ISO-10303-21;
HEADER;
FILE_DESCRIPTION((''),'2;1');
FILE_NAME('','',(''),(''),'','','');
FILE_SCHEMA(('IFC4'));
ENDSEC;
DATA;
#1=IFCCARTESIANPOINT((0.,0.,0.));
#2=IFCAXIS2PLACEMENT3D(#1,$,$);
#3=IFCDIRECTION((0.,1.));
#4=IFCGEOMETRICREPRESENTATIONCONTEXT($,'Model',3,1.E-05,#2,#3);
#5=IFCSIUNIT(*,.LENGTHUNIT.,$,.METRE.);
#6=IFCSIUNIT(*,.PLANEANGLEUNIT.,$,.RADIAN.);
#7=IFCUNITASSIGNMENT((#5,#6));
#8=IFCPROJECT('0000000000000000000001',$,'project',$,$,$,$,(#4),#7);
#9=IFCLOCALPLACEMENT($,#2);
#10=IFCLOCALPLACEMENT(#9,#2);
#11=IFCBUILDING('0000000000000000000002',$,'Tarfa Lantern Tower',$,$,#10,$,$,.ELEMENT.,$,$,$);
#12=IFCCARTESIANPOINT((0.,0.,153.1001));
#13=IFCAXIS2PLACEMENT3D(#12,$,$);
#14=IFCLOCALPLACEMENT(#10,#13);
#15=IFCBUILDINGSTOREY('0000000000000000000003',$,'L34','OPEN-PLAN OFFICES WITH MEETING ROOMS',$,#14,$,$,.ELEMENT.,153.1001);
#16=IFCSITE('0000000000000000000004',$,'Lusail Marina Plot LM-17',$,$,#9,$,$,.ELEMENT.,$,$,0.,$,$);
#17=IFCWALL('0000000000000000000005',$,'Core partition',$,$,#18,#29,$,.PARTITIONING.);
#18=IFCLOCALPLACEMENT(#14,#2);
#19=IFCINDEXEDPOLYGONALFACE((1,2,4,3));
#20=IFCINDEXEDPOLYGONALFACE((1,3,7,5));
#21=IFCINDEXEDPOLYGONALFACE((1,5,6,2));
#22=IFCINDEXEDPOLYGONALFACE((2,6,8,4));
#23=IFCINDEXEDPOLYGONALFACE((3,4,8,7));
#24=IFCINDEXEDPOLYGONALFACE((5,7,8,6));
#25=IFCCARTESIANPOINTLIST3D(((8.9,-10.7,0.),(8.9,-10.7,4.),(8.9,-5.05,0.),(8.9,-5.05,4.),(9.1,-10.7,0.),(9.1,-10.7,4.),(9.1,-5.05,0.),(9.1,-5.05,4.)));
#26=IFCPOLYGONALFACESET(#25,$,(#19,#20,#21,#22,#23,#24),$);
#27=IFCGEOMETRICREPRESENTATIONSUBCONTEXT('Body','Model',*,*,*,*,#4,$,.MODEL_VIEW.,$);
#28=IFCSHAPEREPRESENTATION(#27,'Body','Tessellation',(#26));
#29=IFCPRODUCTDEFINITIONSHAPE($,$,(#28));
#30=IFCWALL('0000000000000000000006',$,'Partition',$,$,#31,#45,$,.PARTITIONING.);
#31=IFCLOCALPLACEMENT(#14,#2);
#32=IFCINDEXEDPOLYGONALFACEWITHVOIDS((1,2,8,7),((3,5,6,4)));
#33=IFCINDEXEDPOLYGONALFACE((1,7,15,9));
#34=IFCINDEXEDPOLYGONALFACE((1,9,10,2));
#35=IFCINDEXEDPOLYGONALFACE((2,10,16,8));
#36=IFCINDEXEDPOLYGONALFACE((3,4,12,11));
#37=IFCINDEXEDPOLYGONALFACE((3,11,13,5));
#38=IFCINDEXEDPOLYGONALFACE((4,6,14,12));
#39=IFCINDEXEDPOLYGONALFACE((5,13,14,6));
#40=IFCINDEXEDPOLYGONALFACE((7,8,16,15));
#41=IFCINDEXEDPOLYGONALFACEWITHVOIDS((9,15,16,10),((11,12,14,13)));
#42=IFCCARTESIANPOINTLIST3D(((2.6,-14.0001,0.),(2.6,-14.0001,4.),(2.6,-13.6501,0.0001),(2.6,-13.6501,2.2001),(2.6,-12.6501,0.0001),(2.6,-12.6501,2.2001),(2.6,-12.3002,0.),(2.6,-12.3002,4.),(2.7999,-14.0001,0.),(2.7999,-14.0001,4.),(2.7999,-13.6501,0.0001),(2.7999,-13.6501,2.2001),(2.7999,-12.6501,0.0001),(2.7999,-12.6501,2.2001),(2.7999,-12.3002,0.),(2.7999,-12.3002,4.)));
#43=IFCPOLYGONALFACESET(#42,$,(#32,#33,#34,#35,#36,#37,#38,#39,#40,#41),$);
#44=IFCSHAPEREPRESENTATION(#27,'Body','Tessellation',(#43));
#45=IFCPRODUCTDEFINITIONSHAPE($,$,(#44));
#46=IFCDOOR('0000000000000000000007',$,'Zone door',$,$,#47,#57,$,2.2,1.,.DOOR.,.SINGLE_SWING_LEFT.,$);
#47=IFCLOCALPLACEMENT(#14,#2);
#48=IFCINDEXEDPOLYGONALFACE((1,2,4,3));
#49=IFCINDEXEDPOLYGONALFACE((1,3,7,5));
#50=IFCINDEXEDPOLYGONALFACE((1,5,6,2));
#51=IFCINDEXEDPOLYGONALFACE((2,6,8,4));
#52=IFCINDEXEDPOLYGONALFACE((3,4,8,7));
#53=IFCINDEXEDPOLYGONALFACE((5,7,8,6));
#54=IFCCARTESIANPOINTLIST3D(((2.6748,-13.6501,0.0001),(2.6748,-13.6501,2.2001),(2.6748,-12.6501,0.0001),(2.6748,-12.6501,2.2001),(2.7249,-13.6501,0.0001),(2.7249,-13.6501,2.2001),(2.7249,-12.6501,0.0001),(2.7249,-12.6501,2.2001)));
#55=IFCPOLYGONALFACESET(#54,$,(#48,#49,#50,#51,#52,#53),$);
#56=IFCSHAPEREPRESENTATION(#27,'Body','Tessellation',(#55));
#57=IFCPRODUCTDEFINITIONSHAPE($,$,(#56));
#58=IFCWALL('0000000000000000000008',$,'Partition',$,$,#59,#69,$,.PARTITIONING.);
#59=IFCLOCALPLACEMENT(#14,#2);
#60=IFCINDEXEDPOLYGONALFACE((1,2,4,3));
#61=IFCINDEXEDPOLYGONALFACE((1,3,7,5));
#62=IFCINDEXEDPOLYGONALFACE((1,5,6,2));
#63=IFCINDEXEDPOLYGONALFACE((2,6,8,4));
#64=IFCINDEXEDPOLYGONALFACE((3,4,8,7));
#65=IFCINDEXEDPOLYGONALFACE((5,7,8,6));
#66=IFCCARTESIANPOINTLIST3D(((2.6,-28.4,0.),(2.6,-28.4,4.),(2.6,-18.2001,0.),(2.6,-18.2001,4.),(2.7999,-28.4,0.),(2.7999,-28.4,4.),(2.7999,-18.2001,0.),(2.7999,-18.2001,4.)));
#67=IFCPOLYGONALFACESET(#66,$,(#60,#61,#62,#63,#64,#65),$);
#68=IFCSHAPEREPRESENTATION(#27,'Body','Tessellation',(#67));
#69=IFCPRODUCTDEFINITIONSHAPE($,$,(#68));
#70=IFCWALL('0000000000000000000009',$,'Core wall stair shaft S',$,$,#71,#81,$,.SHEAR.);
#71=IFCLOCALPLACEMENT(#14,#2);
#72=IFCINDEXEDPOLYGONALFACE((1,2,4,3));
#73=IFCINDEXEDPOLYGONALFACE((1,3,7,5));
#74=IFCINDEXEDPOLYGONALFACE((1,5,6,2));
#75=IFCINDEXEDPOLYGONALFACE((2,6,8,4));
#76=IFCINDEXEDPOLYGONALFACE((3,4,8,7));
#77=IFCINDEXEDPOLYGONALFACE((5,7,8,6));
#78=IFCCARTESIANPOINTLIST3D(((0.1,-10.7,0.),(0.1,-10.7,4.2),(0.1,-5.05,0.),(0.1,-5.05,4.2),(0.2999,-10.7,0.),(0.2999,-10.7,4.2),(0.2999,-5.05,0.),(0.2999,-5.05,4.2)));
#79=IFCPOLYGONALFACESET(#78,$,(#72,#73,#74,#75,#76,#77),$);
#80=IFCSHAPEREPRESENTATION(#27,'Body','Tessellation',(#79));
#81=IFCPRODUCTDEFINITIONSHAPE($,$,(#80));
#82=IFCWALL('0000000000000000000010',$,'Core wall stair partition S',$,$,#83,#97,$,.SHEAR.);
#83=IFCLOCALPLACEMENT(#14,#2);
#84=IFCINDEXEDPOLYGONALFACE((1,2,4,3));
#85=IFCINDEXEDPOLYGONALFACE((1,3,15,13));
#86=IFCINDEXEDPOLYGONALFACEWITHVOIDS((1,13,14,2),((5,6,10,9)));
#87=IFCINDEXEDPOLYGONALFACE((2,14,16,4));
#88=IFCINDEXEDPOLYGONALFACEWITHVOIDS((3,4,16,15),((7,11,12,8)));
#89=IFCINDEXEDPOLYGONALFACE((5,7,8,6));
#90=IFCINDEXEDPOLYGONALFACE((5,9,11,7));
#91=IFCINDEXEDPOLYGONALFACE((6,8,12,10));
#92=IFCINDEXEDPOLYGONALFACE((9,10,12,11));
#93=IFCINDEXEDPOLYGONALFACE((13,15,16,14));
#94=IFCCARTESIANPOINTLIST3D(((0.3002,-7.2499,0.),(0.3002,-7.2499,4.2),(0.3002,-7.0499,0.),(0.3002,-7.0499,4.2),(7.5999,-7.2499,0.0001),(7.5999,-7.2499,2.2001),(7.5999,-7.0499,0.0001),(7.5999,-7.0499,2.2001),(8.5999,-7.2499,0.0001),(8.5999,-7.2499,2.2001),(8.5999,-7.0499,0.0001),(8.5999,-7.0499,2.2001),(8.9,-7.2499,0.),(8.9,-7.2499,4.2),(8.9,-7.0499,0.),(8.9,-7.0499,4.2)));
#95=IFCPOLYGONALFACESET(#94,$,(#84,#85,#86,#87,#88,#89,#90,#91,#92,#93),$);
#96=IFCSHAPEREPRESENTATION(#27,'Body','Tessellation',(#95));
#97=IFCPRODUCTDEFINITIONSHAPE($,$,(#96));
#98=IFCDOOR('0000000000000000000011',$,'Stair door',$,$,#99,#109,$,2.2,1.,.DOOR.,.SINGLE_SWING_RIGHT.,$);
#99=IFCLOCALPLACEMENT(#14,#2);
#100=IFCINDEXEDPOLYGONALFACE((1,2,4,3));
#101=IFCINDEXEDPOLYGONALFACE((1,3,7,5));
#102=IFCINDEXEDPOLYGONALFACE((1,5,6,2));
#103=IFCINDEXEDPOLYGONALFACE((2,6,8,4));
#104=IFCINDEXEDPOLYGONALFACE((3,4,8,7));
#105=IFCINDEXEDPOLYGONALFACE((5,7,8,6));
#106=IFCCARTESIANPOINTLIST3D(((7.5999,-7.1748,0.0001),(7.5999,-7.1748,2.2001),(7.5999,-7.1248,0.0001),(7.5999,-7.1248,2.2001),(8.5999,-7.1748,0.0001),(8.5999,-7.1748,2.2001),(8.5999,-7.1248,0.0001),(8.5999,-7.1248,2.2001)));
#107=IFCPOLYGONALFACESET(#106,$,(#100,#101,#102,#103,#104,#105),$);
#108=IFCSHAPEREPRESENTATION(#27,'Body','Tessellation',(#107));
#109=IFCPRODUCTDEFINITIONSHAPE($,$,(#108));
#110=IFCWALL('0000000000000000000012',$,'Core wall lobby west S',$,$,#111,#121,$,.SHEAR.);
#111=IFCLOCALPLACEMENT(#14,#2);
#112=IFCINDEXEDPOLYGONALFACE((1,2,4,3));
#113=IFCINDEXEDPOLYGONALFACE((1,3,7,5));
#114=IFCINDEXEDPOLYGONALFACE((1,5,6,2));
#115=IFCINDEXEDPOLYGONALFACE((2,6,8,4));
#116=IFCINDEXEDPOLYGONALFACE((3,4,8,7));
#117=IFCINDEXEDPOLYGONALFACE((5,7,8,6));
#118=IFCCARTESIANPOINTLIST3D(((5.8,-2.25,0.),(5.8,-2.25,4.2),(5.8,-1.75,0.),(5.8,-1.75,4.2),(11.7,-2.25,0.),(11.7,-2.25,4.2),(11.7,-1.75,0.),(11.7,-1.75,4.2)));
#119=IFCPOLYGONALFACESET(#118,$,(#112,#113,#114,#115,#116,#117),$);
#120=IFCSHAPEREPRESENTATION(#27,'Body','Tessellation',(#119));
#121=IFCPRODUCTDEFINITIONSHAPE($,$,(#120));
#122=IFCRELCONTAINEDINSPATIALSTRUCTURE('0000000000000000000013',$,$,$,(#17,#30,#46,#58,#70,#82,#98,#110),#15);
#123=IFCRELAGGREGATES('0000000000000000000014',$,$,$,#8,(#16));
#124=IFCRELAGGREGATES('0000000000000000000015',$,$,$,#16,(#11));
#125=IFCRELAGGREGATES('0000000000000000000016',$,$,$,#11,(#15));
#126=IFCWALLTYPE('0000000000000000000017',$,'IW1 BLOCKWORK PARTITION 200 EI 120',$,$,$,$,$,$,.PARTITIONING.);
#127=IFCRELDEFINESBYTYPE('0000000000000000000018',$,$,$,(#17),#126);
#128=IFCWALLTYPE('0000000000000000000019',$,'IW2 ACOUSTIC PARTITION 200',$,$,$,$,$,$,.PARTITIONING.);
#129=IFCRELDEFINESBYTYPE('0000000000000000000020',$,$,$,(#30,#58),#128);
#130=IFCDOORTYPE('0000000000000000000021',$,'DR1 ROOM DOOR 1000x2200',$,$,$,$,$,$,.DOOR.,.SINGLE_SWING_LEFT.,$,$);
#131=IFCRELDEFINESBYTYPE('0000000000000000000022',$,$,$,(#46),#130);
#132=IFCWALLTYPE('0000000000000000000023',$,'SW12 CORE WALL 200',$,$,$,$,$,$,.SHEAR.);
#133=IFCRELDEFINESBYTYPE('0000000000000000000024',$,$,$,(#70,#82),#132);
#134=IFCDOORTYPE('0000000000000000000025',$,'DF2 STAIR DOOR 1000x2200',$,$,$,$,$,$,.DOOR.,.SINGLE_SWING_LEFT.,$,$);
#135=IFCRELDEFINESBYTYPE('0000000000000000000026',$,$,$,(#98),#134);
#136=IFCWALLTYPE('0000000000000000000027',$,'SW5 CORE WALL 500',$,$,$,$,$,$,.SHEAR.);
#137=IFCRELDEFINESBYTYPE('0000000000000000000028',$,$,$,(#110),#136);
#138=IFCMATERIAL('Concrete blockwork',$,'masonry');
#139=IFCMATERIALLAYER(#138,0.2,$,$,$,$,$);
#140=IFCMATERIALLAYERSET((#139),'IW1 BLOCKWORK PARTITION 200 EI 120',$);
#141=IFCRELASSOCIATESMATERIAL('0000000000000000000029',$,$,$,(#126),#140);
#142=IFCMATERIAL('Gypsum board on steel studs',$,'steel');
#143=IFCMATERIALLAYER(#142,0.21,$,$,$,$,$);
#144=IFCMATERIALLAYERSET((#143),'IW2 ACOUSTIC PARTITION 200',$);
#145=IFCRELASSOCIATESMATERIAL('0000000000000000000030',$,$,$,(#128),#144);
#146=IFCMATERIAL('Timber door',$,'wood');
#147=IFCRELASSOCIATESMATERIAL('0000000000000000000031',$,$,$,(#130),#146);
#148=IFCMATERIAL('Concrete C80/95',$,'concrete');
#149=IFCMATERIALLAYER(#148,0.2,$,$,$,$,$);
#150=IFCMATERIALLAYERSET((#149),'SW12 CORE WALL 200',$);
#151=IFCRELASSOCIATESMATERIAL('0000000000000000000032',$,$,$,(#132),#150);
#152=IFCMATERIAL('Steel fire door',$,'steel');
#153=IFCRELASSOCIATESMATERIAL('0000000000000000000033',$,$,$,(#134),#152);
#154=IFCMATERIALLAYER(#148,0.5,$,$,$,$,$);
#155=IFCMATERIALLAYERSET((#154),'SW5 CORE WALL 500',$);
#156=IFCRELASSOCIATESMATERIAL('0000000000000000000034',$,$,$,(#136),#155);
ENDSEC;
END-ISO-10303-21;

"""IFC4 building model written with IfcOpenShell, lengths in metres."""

from ifc_helpers import new_model, si_unit, direction, frame, frame_2d, origin, place, context, subcontext, project, spatial, rectangle, extrude, material, layer, layer_set, type_object, element, fill, save


model = new_model("IFC4")

# Units and contexts
model_context = context("Model", 3, precision=1e-05, world=origin(), true_north=direction((0.0, 1.0)))
body_context = subcontext(model_context, "Body", "Model", "MODEL_VIEW")
ifc_project = project(units=[si_unit("LENGTHUNIT", "METRE"), si_unit("PLANEANGLEUNIT", "RADIAN")], contexts=[model_context])

# Site, building, storey
site_placement = place(None, origin())
site = spatial("IfcSite", under=ifc_project, at=site_placement, Name="Lusail Marina Plot LM-17", CompositionType="ELEMENT", RefElevation=0.0)
building_placement = place(site_placement, origin())
building = spatial("IfcBuilding", under=site, at=building_placement, Name="Tarfa Lantern Tower", CompositionType="ELEMENT")
storey_placement = place(building_placement, frame((0.0, 0.0, 153.1001)))
storey = spatial("IfcBuildingStorey", under=building, at=storey_placement, Name="L34", Description="OPEN-PLAN OFFICES WITH MEETING ROOMS", CompositionType="ELEMENT", Elevation=153.1001)

# Wall
ifc_material_1 = material(Name="Concrete blockwork", Category="masonry")
ifc_layer_1 = layer(ifc_material_1, 0.2)
ifc_layer_set_1 = layer_set([ifc_layer_1], Name="IW1 BLOCKWORK PARTITION 200 EI 120")
wall_type_1 = type_object("IfcWallType", Name="IW1 BLOCKWORK PARTITION 200 EI 120", PredefinedType="PARTITIONING", material=ifc_layer_set_1)
wall_1_placement = place(storey_placement, frame((9.0, -5.05, 0.0), z_axis=(0.0, 0.0, 1.0), x_axis=(0.0, -1.0, 0.0)))
element("IfcWall", 1, at=wall_1_placement, inside=storey, type_object=wall_type_1, Name="Core partition", PredefinedType="PARTITIONING", context=body_context, shape_type="SweptSolid", body=[
    extrude(rectangle(XDim=5.6499, YDim=0.2, at=frame_2d((2.825, 0.0))), origin(), (0.0, 0.0, 1.0), 4.0),
])

# Wall, opening, door
ifc_material_2 = material(Name="Gypsum board on steel studs", Category="steel")
ifc_layer_2 = layer(ifc_material_2, 0.21)
ifc_layer_set_2 = layer_set([ifc_layer_2], Name="IW2 ACOUSTIC PARTITION 200")
wall_type_2 = type_object("IfcWallType", Name="IW2 ACOUSTIC PARTITION 200", PredefinedType="PARTITIONING", material=ifc_layer_set_2)
wall_2_placement = place(storey_placement, frame((2.7, -12.3, 0.0), z_axis=(0.0, 0.0, 1.0), x_axis=(0.0, -1.0, 0.0)))
wall_2 = element("IfcWall", 2, at=wall_2_placement, inside=storey, type_object=wall_type_2, Name="Partition", PredefinedType="PARTITIONING", context=body_context, shape_type="SweptSolid", body=[
    extrude(rectangle(XDim=1.7, YDim=0.2, at=frame_2d((0.8501, 0.0))), origin(), (0.0, 0.0, 1.0), 4.0),
])
opening_1_placement = place(wall_2_placement, frame((0.3501, 0.0, 0.0)))
opening_1 = element("IfcOpeningElement", 3, at=opening_1_placement, cuts=wall_2, PredefinedType="OPENING", context=body_context, shape_type="SweptSolid", body=[
    extrude(rectangle(XDim=1.0, YDim=2.2, at=frame_2d((0.5, 1.1001))), frame((0.0, 0.1099, 0.0), z_axis=(0.0, -1.0, 0.0), x_axis=(1.0, 0.0, 0.0)), (0.0, 0.0, 1.0), 0.22),
])
ifc_material_3 = material(Name="Timber door", Category="wood")
door_type_1 = type_object("IfcDoorType", Name="DR1 ROOM DOOR 1000x2200", OperationType="SINGLE_SWING_LEFT", PredefinedType="DOOR", material=ifc_material_3)
door_1_placement = place(opening_1_placement, origin())
door_1 = element("IfcDoor", 4, at=door_1_placement, inside=storey, type_object=door_type_1, Name="Zone door", OperationType="SINGLE_SWING_LEFT", OverallHeight=2.2, OverallWidth=1.0, PredefinedType="DOOR", context=body_context, shape_type="SweptSolid", body=[
    extrude(rectangle(XDim=1.0, YDim=2.2, at=frame_2d((0.5, 1.1001))), frame((0.0, 0.0249, 0.0), z_axis=(0.0, -1.0, 0.0), x_axis=(1.0, 0.0, 0.0)), (0.0, 0.0, 1.0), 0.05),
])
fill(opening_1, door_1)

# Walls
wall_3_placement = place(storey_placement, frame((2.7, -18.2, 0.0), z_axis=(0.0, 0.0, 1.0), x_axis=(0.0, -1.0, 0.0)))
element("IfcWall", 5, at=wall_3_placement, inside=storey, type_object=wall_type_2, Name="Partition", PredefinedType="PARTITIONING", context=body_context, shape_type="SweptSolid", body=[
    extrude(rectangle(XDim=10.2, YDim=0.2, at=frame_2d((5.1001, 0.0))), origin(), (0.0, 0.0, 1.0), 4.0),
])
ifc_material_4 = material(Name="Concrete C80/95", Category="concrete")
ifc_layer_3 = layer(ifc_material_4, 0.2)
ifc_layer_set_3 = layer_set([ifc_layer_3], Name="SW12 CORE WALL 200")
wall_type_3 = type_object("IfcWallType", Name="SW12 CORE WALL 200", PredefinedType="SHEAR", material=ifc_layer_set_3)
wall_4_placement = place(storey_placement, frame((0.2, -5.05, 0.0), z_axis=(0.0, 0.0, 1.0), x_axis=(0.0, -1.0, 0.0)))
element("IfcWall", 6, at=wall_4_placement, inside=storey, type_object=wall_type_3, Name="Core wall stair shaft S", PredefinedType="SHEAR", context=body_context, shape_type="SweptSolid", body=[
    extrude(rectangle(XDim=5.6499, YDim=0.2, at=frame_2d((2.825, 0.0))), origin(), (0.0, 0.0, 1.0), 4.2),
])

# Wall, opening, door
wall_5_placement = place(storey_placement, frame((8.8999, -7.1499, 0.0), z_axis=(0.0, 0.0, 1.0), x_axis=(-1.0, 0.0, 0.0)))
wall_5 = element("IfcWall", 7, at=wall_5_placement, inside=storey, type_object=wall_type_3, Name="Core wall stair partition S", PredefinedType="SHEAR", context=body_context, shape_type="SweptSolid", body=[
    extrude(rectangle(XDim=8.5999, YDim=0.2, at=frame_2d((4.2998, 0.0))), origin(), (0.0, 0.0, 1.0), 4.2),
])
opening_2_placement = place(wall_5_placement, frame((0.3, 0.0, 0.0)))
opening_2 = element("IfcOpeningElement", 8, at=opening_2_placement, cuts=wall_5, PredefinedType="OPENING", context=body_context, shape_type="SweptSolid", body=[
    extrude(rectangle(XDim=1.0, YDim=2.2, at=frame_2d((0.5, 1.1001))), frame((0.0, 0.1099, 0.0), z_axis=(0.0, -1.0, 0.0), x_axis=(1.0, 0.0, 0.0)), (0.0, 0.0, 1.0), 0.22),
])
ifc_material_5 = material(Name="Steel fire door", Category="steel")
door_type_2 = type_object("IfcDoorType", Name="DF2 STAIR DOOR 1000x2200", OperationType="SINGLE_SWING_LEFT", PredefinedType="DOOR", material=ifc_material_5)
door_2_placement = place(opening_2_placement, origin())
door_2 = element("IfcDoor", 9, at=door_2_placement, inside=storey, type_object=door_type_2, Name="Stair door", OperationType="SINGLE_SWING_RIGHT", OverallHeight=2.2, OverallWidth=1.0, PredefinedType="DOOR", context=body_context, shape_type="SweptSolid", body=[
    extrude(rectangle(XDim=1.0, YDim=2.2, at=frame_2d((0.5, 1.1001))), frame((0.0, 0.0249, 0.0), z_axis=(0.0, -1.0, 0.0), x_axis=(1.0, 0.0, 0.0)), (0.0, 0.0, 1.0), 0.05),
])
fill(opening_2, door_2)

# Wall
ifc_layer_4 = layer(ifc_material_4, 0.5)
ifc_layer_set_4 = layer_set([ifc_layer_4], Name="SW5 CORE WALL 500")
wall_type_4 = type_object("IfcWallType", Name="SW5 CORE WALL 500", PredefinedType="SHEAR", material=ifc_layer_set_4)
wall_6_placement = place(storey_placement, frame((11.7, -2.0, 0.0), z_axis=(0.0, 0.0, 1.0), x_axis=(-1.0, 0.0, 0.0)))
element("IfcWall", 10, at=wall_6_placement, inside=storey, type_object=wall_type_4, Name="Core wall lobby west S", PredefinedType="SHEAR", context=body_context, shape_type="SweptSolid", body=[
    extrude(rectangle(XDim=5.8999, YDim=0.5, at=frame_2d((2.95, 0.0))), origin(), (0.0, 0.0, 1.0), 4.2),
])

save(model, "model.ifc")
